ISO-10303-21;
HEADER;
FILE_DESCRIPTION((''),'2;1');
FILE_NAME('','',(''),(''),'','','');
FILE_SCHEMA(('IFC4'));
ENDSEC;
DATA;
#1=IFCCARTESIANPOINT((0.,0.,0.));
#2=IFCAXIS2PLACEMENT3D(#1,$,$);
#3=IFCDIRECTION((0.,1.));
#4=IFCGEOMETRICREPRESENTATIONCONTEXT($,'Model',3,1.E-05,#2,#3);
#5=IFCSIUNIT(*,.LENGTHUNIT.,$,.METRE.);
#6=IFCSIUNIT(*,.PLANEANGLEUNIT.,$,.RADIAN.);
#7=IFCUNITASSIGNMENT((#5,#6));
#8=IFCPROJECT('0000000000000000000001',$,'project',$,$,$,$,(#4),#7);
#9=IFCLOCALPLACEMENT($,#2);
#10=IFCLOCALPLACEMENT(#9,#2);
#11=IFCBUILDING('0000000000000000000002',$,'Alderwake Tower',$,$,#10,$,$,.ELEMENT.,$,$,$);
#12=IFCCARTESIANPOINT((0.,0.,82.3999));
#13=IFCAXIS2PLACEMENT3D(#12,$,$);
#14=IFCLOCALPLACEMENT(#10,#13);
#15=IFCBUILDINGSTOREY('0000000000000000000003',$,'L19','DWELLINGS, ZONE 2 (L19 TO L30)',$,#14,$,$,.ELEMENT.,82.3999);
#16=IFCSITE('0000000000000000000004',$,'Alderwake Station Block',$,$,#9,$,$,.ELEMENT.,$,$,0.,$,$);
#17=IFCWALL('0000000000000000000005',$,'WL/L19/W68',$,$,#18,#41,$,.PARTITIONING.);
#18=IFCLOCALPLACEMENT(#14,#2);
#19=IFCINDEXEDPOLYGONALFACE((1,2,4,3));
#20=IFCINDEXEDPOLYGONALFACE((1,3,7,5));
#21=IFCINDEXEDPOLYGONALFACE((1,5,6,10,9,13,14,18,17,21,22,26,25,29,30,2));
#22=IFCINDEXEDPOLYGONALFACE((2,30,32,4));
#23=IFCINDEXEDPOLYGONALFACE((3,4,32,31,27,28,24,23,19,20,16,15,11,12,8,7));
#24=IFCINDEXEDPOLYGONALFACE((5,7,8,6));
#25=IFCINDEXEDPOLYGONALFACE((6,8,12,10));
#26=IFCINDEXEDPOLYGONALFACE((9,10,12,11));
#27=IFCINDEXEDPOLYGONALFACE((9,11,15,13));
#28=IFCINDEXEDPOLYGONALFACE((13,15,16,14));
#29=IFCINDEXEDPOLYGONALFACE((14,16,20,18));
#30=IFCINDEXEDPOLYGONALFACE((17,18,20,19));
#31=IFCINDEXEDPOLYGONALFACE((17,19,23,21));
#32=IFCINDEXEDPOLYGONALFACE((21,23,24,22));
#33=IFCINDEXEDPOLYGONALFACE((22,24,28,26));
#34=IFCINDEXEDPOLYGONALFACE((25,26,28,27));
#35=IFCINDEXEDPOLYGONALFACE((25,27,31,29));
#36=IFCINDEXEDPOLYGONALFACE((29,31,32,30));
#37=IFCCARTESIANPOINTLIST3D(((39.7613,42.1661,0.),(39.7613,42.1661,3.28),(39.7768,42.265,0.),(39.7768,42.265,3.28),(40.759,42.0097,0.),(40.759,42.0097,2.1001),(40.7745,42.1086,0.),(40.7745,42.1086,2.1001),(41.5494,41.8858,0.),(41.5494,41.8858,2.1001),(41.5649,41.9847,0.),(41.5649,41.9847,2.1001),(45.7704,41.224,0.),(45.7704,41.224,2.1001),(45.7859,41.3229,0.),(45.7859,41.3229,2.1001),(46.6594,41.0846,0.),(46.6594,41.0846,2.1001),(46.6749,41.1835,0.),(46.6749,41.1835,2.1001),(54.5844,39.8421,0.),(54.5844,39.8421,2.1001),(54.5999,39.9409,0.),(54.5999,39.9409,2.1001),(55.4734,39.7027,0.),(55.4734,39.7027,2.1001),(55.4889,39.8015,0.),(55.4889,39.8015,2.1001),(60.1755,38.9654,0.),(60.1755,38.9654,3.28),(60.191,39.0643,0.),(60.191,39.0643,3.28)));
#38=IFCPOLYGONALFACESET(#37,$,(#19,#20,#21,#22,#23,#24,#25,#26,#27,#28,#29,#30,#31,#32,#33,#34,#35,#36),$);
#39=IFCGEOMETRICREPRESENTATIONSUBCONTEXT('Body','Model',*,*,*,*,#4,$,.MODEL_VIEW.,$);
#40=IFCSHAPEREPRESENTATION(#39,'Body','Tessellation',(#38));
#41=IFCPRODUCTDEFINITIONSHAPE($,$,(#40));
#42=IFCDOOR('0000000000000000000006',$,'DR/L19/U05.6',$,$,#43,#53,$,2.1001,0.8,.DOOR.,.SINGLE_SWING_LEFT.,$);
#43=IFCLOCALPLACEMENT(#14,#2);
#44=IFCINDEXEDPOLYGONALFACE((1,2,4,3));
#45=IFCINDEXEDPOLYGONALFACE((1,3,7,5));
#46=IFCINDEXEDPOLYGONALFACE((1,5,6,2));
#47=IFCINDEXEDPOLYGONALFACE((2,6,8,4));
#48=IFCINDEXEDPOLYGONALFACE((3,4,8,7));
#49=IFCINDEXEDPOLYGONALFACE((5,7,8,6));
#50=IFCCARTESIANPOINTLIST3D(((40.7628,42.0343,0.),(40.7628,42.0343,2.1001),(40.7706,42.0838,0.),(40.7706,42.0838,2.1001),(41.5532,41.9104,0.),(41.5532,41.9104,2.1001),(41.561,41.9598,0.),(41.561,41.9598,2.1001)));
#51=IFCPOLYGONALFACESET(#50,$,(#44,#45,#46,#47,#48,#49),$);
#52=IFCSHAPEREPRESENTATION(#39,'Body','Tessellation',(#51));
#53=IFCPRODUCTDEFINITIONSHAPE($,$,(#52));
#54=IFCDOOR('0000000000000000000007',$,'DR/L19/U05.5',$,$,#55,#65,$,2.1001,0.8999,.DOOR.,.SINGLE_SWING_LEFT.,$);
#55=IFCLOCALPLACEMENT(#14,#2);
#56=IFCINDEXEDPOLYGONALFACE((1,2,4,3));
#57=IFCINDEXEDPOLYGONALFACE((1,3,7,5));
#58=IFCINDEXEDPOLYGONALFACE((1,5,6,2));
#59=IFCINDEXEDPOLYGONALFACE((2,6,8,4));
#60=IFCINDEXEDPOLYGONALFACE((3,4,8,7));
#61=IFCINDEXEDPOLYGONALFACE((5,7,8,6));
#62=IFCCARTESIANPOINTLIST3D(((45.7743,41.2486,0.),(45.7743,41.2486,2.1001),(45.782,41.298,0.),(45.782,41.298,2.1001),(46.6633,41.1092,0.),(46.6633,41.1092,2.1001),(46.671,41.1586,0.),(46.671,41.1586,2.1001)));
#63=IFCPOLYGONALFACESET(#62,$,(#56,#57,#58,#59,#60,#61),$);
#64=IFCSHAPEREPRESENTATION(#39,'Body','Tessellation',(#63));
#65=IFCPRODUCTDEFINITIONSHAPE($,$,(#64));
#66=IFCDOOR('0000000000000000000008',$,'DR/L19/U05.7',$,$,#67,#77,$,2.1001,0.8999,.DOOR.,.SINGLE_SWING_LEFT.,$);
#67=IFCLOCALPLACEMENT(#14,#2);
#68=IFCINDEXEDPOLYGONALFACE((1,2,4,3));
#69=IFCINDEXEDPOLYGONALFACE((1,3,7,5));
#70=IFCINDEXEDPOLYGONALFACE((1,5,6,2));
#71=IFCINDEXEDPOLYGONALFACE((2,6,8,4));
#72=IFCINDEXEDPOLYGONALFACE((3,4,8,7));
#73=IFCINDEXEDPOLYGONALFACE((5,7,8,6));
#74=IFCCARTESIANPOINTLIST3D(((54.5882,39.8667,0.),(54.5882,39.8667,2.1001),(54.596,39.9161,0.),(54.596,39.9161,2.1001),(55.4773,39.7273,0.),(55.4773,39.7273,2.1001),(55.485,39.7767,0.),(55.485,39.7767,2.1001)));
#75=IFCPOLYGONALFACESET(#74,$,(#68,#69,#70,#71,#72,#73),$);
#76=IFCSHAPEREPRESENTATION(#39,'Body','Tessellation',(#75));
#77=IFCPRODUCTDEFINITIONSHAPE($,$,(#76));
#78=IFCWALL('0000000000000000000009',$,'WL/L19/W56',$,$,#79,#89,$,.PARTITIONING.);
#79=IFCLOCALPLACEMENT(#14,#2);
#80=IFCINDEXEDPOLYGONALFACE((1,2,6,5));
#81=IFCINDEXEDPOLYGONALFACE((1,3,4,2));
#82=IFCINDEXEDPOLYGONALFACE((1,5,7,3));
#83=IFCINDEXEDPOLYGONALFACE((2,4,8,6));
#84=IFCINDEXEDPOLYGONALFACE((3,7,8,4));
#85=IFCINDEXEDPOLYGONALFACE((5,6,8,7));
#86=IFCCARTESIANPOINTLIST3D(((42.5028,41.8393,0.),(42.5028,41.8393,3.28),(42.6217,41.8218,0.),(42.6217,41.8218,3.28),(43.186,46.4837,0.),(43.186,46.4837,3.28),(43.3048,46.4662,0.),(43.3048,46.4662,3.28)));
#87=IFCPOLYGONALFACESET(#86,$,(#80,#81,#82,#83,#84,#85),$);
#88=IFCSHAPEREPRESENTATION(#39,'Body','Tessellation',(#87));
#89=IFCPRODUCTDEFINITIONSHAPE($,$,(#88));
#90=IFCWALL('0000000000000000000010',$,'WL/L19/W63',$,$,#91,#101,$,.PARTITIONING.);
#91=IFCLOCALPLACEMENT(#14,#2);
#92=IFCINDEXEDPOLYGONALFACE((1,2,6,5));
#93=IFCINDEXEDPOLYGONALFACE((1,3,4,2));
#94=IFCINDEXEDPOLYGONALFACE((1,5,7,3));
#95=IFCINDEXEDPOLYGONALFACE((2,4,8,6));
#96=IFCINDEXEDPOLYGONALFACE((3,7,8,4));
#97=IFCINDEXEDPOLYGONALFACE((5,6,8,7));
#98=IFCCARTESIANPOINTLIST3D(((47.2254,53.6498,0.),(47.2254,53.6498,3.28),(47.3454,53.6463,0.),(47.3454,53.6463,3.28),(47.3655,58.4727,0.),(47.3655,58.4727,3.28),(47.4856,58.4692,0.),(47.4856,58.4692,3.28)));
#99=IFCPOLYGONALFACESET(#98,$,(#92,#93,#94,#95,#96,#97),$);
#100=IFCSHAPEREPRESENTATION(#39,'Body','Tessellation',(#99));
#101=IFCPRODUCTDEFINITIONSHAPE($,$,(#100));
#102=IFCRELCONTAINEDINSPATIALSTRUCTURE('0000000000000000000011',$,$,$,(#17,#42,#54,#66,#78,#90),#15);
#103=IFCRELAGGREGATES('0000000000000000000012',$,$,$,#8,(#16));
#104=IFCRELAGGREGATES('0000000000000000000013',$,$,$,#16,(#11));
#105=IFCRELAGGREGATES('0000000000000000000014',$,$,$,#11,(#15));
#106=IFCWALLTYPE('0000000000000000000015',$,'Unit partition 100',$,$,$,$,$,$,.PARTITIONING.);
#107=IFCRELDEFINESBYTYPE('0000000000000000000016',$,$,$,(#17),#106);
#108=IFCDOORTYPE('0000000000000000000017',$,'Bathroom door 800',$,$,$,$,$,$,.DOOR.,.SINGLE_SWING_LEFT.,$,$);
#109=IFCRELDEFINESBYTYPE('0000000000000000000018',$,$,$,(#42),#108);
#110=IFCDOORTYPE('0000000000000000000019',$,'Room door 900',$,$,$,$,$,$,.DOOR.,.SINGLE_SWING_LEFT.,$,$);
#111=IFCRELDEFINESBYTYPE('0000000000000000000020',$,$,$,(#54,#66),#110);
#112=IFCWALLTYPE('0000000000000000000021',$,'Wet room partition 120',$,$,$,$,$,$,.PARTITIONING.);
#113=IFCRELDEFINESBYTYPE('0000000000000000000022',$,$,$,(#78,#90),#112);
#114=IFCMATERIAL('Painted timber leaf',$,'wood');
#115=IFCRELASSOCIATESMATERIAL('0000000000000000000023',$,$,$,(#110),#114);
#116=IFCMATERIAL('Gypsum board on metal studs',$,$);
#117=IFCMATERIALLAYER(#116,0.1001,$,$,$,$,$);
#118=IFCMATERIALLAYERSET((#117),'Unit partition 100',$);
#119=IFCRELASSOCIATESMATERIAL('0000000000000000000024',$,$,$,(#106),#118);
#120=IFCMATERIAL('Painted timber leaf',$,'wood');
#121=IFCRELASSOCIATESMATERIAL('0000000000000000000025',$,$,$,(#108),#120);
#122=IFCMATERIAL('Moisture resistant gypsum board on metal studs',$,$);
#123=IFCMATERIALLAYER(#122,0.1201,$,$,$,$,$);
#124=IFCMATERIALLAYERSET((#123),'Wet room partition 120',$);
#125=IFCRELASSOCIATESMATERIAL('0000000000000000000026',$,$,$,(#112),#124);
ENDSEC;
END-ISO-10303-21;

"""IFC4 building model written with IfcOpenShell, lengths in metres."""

from ifc_helpers import new_model, si_unit, direction, frame, frame_2d, origin, place, context, subcontext, project, spatial, rectangle, extrude, material, layer, layer_set, type_object, element, fill, save


model = new_model("IFC4")

# Units and contexts
model_context = context("Model", 3, precision=1e-05, world=origin(), true_north=direction((0.0, 1.0)))
body_context = subcontext(model_context, "Body", "Model", "MODEL_VIEW")
ifc_project = project(units=[si_unit("LENGTHUNIT", "METRE"), si_unit("PLANEANGLEUNIT", "RADIAN")], contexts=[model_context])

# Site, building, storey
site_placement = place(None, origin())
site = spatial("IfcSite", under=ifc_project, at=site_placement, Name="Alderwake Station Block", CompositionType="ELEMENT", RefElevation=0.0)
building_placement = place(site_placement, origin())
building = spatial("IfcBuilding", under=site, at=building_placement, Name="Alderwake Tower", CompositionType="ELEMENT")
storey_placement = place(building_placement, frame((0.0, 0.0, 82.3999)))
storey = spatial("IfcBuildingStorey", under=building, at=storey_placement, Name="L19", Description="DWELLINGS, ZONE 2 (L19 TO L30)", CompositionType="ELEMENT", Elevation=82.3999)

# Shared definitions
ifc_material_1 = material(Name="Painted timber leaf", Category="wood")
door_type_1 = type_object("IfcDoorType", Name="Room door 900", OperationType="SINGLE_SWING_LEFT", PredefinedType="DOOR", material=ifc_material_1)

# Wall, openings, doors
ifc_material_2 = material(Name="Gypsum board on metal studs")
ifc_layer_1 = layer(ifc_material_2, 0.1001)
ifc_layer_set_1 = layer_set([ifc_layer_1], Name="Unit partition 100")
wall_type_1 = type_object("IfcWallType", Name="Unit partition 100", PredefinedType="PARTITIONING", material=ifc_layer_set_1)
wall_1_placement = place(storey_placement, frame((39.769, 42.2156, 0.0), z_axis=(0.0, 0.0, 1.0), x_axis=(0.987931, -0.154896, 0.0)))
wall_1 = element("IfcWall", 1, at=wall_1_placement, inside=storey, type_object=wall_type_1, Name="WL/L19/W68", PredefinedType="PARTITIONING", context=body_context, shape_type="SweptSolid", body=[
    extrude(rectangle(XDim=20.6636, YDim=0.1001, at=frame_2d((10.3318, 0.0))), origin(), (0.0, 0.0, 1.0), 3.28),
])
opening_1_placement = place(wall_1_placement, frame((6.0825, 0.0, 0.0)))
opening_1 = element("IfcOpeningElement", 2, at=opening_1_placement, cuts=wall_1, PredefinedType="OPENING", context=body_context, shape_type="SweptSolid", body=[
    extrude(rectangle(XDim=0.8999, YDim=2.1001, at=frame_2d((0.45, 1.05))), frame((0.0, 0.0601, 0.0), z_axis=(0.0, -1.0, 0.0), x_axis=(1.0, 0.0, 0.0)), (0.0, 0.0, 1.0), 0.1201),
])
opening_2_placement = place(wall_1_placement, frame((1.01, 0.0, 0.0)))
opening_2 = element("IfcOpeningElement", 3, at=opening_2_placement, cuts=wall_1, PredefinedType="OPENING", context=body_context, shape_type="SweptSolid", body=[
    extrude(rectangle(XDim=0.8, YDim=2.1001, at=frame_2d((0.3999, 1.05))), frame((0.0, 0.0601, 0.0), z_axis=(0.0, -1.0, 0.0), x_axis=(1.0, 0.0, 0.0)), (0.0, 0.0, 1.0), 0.1201),
])
opening_3_placement = place(wall_1_placement, frame((15.0042, 0.0, 0.0)))
opening_3 = element("IfcOpeningElement", 4, at=opening_3_placement, cuts=wall_1, PredefinedType="OPENING", context=body_context, shape_type="SweptSolid", body=[
    extrude(rectangle(XDim=0.8999, YDim=2.1001, at=frame_2d((0.45, 1.05))), frame((0.0, 0.0601, 0.0), z_axis=(0.0, -1.0, 0.0), x_axis=(1.0, 0.0, 0.0)), (0.0, 0.0, 1.0), 0.1201),
])
ifc_material_3 = material(Name="Painted timber leaf", Category="wood")
door_type_2 = type_object("IfcDoorType", Name="Bathroom door 800", OperationType="SINGLE_SWING_LEFT", PredefinedType="DOOR", material=ifc_material_3)
door_1_placement = place(opening_2_placement, origin())
door_1 = element("IfcDoor", 5, at=door_1_placement, inside=storey, type_object=door_type_2, Name="DR/L19/U05.6", OperationType="SINGLE_SWING_LEFT", OverallHeight=2.1001, OverallWidth=0.8, PredefinedType="DOOR", context=body_context, shape_type="SweptSolid", body=[
    extrude(rectangle(XDim=0.8, YDim=2.1001, at=frame_2d((0.3999, 1.05))), frame((0.0, 0.0249, 0.0), z_axis=(0.0, -1.0, 0.0), x_axis=(1.0, 0.0, 0.0)), (0.0, 0.0, 1.0), 0.05),
])
fill(opening_2, door_1)
door_2_placement = place(opening_1_placement, origin())
door_2 = element("IfcDoor", 6, at=door_2_placement, inside=storey, type_object=door_type_1, Name="DR/L19/U05.5", OperationType="SINGLE_SWING_LEFT", OverallHeight=2.1001, OverallWidth=0.8999, PredefinedType="DOOR", context=body_context, shape_type="SweptSolid", body=[
    extrude(rectangle(XDim=0.8999, YDim=2.1001, at=frame_2d((0.45, 1.05))), frame((0.0, 0.0249, 0.0), z_axis=(0.0, -1.0, 0.0), x_axis=(1.0, 0.0, 0.0)), (0.0, 0.0, 1.0), 0.05),
])
fill(opening_1, door_2)
door_3_placement = place(opening_3_placement, origin())
door_3 = element("IfcDoor", 7, at=door_3_placement, inside=storey, type_object=door_type_1, Name="DR/L19/U05.7", OperationType="SINGLE_SWING_LEFT", OverallHeight=2.1001, OverallWidth=0.8999, PredefinedType="DOOR", context=body_context, shape_type="SweptSolid", body=[
    extrude(rectangle(XDim=0.8999, YDim=2.1001, at=frame_2d((0.45, 1.05))), frame((0.0, 0.0249, 0.0), z_axis=(0.0, -1.0, 0.0), x_axis=(1.0, 0.0, 0.0)), (0.0, 0.0, 1.0), 0.05),
])
fill(opening_3, door_3)

# Walls
ifc_material_4 = material(Name="Moisture resistant gypsum board on metal studs")
ifc_layer_2 = layer(ifc_material_4, 0.1201)
ifc_layer_set_2 = layer_set([ifc_layer_2], Name="Wet room partition 120")
wall_type_2 = type_object("IfcWallType", Name="Wet room partition 120", PredefinedType="PARTITIONING", material=ifc_layer_set_2)
wall_2_placement = place(storey_placement, frame((42.5623, 41.8306, 0.0), z_axis=(0.0, 0.0, 1.0), x_axis=(0.145519, 0.989355, 0.0)))
element("IfcWall", 8, at=wall_2_placement, inside=storey, type_object=wall_type_2, Name="WL/L19/W56", PredefinedType="PARTITIONING", context=body_context, shape_type="SweptSolid", body=[
    extrude(rectangle(XDim=4.6943, YDim=0.1201, at=frame_2d((2.3472, 0.0))), origin(), (0.0, 0.0, 1.0), 3.28),
])
wall_3_placement = place(storey_placement, frame((47.2854, 53.6479, 0.0), z_axis=(0.0, 0.0, 1.0), x_axis=(0.029044, 0.999578, 0.0)))
element("IfcWall", 9, at=wall_3_placement, inside=storey, type_object=wall_type_2, Name="WL/L19/W63", PredefinedType="PARTITIONING", context=body_context, shape_type="SweptSolid", body=[
    extrude(rectangle(XDim=4.825, YDim=0.1201, at=frame_2d((2.4126, 0.0))), origin(), (0.0, 0.0, 1.0), 3.28),
])

save(model, "model.ifc")
